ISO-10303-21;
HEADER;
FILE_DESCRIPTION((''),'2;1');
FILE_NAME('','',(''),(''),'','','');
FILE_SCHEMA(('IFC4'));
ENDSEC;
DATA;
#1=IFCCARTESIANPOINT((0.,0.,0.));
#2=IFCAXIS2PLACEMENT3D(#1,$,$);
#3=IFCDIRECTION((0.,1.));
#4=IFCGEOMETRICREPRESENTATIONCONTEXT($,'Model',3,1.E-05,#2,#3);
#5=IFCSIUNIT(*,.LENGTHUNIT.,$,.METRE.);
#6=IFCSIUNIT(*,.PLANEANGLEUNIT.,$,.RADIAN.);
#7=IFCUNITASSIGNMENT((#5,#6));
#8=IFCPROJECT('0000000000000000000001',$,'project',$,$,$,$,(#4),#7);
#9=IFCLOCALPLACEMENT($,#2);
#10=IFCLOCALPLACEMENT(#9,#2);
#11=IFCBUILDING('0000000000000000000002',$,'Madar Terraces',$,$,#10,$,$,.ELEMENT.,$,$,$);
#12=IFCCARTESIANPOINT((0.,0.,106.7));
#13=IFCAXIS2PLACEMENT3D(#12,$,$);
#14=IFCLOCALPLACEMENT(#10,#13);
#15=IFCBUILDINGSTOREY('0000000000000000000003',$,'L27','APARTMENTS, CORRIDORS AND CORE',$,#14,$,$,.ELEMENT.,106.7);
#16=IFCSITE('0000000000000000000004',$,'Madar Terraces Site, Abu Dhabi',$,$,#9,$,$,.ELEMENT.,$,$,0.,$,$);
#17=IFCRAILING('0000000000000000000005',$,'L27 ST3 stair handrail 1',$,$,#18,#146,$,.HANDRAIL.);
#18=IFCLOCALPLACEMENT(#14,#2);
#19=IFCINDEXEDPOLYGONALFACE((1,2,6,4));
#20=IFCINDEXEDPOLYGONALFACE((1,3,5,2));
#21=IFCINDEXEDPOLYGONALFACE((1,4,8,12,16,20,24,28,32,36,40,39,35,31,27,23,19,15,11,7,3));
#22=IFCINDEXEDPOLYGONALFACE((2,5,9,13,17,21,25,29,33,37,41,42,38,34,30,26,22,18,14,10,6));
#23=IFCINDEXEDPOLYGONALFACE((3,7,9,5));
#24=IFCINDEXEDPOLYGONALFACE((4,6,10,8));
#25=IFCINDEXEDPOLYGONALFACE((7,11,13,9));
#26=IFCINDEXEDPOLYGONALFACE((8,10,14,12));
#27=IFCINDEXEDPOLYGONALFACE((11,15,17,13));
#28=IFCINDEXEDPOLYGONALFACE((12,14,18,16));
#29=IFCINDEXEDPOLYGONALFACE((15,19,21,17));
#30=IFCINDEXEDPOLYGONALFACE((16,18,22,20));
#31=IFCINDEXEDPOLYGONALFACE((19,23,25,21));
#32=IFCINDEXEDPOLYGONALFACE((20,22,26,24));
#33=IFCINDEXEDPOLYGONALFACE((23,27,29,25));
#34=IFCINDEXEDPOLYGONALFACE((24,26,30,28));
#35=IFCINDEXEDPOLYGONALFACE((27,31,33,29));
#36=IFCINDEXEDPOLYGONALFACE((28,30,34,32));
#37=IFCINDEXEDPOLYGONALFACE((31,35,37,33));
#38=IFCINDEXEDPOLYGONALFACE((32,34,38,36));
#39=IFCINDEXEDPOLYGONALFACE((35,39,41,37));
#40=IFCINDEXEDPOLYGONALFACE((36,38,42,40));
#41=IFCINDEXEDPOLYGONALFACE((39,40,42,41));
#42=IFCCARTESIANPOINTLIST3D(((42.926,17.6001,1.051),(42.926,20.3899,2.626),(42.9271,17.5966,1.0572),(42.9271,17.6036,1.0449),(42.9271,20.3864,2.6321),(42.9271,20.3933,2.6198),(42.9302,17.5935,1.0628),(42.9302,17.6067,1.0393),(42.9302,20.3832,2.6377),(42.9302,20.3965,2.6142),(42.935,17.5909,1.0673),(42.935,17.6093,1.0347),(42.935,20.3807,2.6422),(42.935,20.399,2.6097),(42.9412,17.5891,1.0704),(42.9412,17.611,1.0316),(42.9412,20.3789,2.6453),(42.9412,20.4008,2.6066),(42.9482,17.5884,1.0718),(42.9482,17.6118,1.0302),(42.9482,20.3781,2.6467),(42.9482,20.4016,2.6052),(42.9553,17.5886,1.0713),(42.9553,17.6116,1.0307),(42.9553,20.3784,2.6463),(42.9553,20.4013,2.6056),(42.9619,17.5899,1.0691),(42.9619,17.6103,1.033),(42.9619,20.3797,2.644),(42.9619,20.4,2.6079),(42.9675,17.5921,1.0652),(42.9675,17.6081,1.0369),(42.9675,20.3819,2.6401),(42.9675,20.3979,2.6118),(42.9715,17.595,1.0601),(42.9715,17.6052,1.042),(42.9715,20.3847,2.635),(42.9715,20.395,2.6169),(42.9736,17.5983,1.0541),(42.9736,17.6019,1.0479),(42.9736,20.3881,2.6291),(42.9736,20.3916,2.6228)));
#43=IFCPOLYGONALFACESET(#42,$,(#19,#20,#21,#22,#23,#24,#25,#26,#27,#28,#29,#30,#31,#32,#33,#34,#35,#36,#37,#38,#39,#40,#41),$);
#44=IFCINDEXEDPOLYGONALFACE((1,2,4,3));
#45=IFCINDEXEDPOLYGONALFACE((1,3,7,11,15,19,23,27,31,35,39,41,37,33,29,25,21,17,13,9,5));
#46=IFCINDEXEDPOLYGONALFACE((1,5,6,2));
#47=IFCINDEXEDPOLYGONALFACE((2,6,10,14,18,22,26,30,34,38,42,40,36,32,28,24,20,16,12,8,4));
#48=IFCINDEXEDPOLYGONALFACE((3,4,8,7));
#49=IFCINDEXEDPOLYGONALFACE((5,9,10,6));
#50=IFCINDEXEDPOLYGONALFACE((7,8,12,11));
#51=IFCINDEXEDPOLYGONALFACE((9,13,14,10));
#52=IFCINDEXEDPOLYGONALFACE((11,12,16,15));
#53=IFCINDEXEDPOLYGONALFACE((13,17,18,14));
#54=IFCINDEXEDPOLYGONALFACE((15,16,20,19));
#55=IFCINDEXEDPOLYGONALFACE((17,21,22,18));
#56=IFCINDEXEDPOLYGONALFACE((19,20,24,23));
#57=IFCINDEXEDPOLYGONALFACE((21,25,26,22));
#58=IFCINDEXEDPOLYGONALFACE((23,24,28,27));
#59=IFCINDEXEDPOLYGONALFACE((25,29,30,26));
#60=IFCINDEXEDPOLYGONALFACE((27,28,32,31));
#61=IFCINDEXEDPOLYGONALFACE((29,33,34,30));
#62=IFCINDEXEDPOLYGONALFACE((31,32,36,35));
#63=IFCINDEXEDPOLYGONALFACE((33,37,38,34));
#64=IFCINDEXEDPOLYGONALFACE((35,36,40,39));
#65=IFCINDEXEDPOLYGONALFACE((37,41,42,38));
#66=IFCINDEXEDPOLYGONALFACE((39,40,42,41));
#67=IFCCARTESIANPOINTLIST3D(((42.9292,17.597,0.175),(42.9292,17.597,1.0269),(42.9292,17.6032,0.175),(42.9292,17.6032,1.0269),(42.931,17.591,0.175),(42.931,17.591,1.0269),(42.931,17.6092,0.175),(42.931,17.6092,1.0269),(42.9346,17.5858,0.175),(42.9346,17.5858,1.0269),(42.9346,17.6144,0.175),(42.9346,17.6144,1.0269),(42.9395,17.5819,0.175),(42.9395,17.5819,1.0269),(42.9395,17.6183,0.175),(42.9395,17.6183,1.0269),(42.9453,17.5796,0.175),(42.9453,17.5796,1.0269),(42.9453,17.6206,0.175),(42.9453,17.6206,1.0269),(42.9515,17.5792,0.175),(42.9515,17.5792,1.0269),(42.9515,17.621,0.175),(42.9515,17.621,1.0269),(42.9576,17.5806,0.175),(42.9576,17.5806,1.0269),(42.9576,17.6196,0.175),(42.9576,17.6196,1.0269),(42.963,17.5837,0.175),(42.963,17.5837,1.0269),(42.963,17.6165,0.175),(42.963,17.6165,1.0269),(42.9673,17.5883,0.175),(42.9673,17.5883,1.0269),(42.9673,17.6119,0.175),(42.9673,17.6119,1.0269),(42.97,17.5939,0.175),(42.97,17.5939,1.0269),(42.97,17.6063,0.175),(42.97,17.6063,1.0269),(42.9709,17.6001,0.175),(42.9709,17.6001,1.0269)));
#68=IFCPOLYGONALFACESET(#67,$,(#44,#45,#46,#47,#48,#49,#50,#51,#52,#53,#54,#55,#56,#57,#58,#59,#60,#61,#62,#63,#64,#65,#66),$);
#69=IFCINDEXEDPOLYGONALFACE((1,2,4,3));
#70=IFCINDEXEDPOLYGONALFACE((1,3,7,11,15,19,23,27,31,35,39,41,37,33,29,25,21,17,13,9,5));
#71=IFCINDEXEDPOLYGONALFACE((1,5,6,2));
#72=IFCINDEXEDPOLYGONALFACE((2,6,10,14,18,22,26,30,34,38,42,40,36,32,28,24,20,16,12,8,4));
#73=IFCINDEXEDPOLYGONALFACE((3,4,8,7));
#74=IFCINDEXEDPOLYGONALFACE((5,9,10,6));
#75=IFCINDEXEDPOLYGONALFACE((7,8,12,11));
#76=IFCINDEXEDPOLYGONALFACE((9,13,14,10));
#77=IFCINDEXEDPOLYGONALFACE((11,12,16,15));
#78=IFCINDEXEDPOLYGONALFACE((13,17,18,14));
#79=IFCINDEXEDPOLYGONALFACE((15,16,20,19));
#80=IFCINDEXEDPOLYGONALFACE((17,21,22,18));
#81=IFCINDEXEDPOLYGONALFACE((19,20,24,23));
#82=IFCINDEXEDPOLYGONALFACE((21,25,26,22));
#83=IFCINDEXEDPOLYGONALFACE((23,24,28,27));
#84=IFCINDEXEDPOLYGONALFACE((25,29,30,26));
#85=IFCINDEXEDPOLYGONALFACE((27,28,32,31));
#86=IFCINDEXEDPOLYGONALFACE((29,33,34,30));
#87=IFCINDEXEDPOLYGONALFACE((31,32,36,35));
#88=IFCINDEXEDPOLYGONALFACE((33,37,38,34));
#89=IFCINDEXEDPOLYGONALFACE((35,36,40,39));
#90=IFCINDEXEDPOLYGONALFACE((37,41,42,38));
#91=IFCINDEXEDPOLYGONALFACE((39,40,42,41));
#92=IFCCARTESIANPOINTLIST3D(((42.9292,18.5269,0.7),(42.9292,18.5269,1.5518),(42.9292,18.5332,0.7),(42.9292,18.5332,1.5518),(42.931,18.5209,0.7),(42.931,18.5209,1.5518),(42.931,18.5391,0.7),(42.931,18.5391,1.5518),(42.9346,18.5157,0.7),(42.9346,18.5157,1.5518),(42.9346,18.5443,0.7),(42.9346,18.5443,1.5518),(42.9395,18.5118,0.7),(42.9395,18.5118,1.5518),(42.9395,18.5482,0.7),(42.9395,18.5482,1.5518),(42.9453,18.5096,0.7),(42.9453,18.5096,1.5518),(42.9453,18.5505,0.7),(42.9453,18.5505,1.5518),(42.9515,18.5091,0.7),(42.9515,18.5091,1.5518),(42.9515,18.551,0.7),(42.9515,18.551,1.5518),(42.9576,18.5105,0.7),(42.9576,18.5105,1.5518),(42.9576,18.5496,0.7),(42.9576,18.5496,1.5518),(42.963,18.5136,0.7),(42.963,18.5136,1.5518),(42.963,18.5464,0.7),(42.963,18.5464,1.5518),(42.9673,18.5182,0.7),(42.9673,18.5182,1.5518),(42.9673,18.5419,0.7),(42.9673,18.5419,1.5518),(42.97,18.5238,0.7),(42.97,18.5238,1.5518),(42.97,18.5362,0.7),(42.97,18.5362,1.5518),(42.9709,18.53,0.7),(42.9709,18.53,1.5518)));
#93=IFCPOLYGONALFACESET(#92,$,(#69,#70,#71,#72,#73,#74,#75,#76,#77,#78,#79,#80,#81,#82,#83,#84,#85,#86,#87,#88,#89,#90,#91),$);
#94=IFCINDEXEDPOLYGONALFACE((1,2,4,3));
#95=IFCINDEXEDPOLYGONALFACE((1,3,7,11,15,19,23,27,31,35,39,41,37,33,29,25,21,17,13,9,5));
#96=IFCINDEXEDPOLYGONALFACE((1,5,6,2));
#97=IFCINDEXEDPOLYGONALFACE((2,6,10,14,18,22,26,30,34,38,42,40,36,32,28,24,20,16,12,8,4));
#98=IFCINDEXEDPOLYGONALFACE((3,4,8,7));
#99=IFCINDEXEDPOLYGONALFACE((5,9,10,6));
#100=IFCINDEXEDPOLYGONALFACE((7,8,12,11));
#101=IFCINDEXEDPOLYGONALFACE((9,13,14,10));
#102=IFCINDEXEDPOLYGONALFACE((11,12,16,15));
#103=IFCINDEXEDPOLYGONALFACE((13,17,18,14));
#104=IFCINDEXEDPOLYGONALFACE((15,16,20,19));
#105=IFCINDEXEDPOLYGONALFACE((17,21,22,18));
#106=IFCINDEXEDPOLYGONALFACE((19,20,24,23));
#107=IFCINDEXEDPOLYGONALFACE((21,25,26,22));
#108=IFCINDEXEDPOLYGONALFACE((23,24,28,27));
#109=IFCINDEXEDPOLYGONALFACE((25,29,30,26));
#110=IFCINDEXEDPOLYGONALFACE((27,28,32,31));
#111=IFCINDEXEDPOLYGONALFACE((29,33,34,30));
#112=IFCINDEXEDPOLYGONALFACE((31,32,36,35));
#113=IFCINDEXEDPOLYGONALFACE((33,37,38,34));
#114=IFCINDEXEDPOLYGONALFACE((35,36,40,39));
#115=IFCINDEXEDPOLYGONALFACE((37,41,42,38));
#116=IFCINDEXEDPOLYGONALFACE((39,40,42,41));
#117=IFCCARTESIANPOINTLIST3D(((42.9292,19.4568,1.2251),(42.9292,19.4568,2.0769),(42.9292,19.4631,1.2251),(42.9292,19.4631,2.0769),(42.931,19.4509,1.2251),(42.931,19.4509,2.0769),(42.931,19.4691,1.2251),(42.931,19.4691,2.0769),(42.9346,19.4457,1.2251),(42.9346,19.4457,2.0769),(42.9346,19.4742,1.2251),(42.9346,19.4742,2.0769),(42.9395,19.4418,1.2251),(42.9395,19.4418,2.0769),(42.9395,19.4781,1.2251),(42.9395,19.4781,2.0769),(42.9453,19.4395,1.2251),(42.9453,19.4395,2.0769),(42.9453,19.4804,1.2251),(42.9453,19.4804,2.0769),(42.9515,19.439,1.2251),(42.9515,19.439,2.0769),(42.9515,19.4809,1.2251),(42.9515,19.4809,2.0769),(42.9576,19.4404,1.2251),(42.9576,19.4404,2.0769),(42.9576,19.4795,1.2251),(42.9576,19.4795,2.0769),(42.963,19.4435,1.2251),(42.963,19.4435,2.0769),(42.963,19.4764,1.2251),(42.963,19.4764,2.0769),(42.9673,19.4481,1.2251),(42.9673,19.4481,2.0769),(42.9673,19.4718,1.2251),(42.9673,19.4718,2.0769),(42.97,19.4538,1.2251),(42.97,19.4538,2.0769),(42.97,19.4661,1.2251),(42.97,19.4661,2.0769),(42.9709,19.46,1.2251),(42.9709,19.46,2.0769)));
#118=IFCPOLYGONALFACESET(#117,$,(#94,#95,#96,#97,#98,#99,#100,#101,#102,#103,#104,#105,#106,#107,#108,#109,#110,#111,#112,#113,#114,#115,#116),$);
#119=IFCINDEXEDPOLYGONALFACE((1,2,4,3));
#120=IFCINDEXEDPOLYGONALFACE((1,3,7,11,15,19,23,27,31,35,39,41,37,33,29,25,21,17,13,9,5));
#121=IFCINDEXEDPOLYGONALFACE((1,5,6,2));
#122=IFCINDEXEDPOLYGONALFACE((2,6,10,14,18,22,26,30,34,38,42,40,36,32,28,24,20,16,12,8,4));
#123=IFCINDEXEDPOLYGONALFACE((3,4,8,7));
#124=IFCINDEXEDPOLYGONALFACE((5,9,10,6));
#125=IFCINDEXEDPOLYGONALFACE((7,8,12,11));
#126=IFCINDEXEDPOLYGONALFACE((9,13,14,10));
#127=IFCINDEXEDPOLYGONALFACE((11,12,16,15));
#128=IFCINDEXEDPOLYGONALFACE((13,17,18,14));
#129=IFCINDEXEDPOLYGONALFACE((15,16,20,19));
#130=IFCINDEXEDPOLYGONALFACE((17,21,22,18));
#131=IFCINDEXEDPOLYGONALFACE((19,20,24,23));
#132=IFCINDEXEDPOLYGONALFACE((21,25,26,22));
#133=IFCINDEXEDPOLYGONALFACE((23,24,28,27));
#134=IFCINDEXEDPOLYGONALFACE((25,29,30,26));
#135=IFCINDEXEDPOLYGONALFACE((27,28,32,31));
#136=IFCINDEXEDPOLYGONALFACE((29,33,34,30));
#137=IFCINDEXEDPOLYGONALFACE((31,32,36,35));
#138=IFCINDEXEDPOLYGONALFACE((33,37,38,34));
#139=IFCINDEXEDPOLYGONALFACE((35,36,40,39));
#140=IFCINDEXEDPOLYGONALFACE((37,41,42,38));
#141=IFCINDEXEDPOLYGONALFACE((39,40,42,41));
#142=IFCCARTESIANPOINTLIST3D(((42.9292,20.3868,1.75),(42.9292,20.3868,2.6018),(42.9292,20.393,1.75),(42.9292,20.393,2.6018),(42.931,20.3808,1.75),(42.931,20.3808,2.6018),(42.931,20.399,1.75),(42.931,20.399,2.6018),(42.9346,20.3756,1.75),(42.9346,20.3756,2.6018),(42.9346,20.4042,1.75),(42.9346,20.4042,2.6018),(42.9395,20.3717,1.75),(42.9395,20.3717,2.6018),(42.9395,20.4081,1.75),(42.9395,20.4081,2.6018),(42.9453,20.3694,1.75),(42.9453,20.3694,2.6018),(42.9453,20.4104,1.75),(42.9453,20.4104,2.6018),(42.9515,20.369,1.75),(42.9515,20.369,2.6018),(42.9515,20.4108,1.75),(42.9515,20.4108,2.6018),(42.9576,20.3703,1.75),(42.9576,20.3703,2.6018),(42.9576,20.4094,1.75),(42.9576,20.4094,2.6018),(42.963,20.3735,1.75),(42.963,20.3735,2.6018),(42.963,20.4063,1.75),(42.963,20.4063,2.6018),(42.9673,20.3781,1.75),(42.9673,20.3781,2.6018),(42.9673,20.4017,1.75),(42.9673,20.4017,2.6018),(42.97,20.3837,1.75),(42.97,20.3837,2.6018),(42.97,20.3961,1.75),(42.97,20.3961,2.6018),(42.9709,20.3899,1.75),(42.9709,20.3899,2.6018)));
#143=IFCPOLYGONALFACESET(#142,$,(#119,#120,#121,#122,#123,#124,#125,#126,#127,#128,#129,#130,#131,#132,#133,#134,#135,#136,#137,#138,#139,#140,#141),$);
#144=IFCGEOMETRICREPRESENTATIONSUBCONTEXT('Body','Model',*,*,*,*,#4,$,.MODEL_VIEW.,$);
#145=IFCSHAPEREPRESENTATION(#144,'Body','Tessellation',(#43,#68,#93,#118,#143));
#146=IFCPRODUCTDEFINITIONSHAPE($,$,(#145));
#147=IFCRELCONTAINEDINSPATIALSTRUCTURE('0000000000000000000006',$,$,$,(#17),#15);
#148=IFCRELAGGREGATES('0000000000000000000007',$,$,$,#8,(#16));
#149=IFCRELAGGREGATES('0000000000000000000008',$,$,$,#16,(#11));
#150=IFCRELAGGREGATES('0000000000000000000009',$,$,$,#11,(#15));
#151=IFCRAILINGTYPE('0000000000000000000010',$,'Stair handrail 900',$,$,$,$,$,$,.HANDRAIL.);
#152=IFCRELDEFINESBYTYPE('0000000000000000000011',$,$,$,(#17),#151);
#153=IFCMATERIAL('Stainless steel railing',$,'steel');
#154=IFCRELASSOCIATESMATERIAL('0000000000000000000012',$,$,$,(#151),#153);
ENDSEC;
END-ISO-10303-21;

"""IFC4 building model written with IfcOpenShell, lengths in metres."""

from ifc_helpers import new_model, si_unit, direction, frame, origin, origin_2d, place, context, subcontext, project, spatial, circle, extrude, material, type_object, element, save


model = new_model("IFC4")

# Units and contexts
model_context = context("Model", 3, precision=1e-05, world=origin(), true_north=direction((0.0, 1.0)))
body_context = subcontext(model_context, "Body", "Model", "MODEL_VIEW")
ifc_project = project(units=[si_unit("LENGTHUNIT", "METRE"), si_unit("PLANEANGLEUNIT", "RADIAN")], contexts=[model_context])

# Site, building, storey
site_placement = place(None, origin())
site = spatial("IfcSite", under=ifc_project, at=site_placement, Name="Madar Terraces Site, Abu Dhabi", CompositionType="ELEMENT", RefElevation=0.0)
building_placement = place(site_placement, origin())
building = spatial("IfcBuilding", under=site, at=building_placement, Name="Madar Terraces", CompositionType="ELEMENT")
storey_placement = place(building_placement, frame((0.0, 0.0, 106.7)))
storey = spatial("IfcBuildingStorey", under=building, at=storey_placement, Name="L27", Description="APARTMENTS, CORRIDORS AND CORE", CompositionType="ELEMENT", Elevation=106.7)

# Railing
ifc_material_1 = material(Name="Stainless steel railing", Category="steel")
railing_type_1 = type_object("IfcRailingType", Name="Stair handrail 900", PredefinedType="HANDRAIL", material=ifc_material_1)
railing_1_placement = place(storey_placement, frame((42.95, 17.6001, 0.175)))
element("IfcRailing", 1, at=railing_1_placement, inside=storey, type_object=railing_type_1, Name="L27 ST3 stair handrail 1", PredefinedType="HANDRAIL", context=body_context, shape_type="SweptSolid", body=[
    extrude(circle(Radius=0.0239, at=origin_2d()), frame((0.0, 0.0, 0.876), z_axis=(0.0, 0.870815, 0.49161), x_axis=(-1.0, 0.0, 0.0)), (0.0, 0.0, 1.0), 3.2036),
    extrude(circle(Radius=0.021, at=origin_2d()), origin(), (0.0, 0.0, 1.0), 0.8518),
    extrude(circle(Radius=0.021, at=origin_2d()), frame((0.0, 0.9299, 0.5249)), (0.0, 0.0, 1.0), 0.8518),
    extrude(circle(Radius=0.021, at=origin_2d()), frame((0.0, 1.8599, 1.05)), (0.0, 0.0, 1.0), 0.8518),
    extrude(circle(Radius=0.021, at=origin_2d()), frame((0.0, 2.7898, 1.575)), (0.0, 0.0, 1.0), 0.8518),
])

save(model, "model.ifc")
